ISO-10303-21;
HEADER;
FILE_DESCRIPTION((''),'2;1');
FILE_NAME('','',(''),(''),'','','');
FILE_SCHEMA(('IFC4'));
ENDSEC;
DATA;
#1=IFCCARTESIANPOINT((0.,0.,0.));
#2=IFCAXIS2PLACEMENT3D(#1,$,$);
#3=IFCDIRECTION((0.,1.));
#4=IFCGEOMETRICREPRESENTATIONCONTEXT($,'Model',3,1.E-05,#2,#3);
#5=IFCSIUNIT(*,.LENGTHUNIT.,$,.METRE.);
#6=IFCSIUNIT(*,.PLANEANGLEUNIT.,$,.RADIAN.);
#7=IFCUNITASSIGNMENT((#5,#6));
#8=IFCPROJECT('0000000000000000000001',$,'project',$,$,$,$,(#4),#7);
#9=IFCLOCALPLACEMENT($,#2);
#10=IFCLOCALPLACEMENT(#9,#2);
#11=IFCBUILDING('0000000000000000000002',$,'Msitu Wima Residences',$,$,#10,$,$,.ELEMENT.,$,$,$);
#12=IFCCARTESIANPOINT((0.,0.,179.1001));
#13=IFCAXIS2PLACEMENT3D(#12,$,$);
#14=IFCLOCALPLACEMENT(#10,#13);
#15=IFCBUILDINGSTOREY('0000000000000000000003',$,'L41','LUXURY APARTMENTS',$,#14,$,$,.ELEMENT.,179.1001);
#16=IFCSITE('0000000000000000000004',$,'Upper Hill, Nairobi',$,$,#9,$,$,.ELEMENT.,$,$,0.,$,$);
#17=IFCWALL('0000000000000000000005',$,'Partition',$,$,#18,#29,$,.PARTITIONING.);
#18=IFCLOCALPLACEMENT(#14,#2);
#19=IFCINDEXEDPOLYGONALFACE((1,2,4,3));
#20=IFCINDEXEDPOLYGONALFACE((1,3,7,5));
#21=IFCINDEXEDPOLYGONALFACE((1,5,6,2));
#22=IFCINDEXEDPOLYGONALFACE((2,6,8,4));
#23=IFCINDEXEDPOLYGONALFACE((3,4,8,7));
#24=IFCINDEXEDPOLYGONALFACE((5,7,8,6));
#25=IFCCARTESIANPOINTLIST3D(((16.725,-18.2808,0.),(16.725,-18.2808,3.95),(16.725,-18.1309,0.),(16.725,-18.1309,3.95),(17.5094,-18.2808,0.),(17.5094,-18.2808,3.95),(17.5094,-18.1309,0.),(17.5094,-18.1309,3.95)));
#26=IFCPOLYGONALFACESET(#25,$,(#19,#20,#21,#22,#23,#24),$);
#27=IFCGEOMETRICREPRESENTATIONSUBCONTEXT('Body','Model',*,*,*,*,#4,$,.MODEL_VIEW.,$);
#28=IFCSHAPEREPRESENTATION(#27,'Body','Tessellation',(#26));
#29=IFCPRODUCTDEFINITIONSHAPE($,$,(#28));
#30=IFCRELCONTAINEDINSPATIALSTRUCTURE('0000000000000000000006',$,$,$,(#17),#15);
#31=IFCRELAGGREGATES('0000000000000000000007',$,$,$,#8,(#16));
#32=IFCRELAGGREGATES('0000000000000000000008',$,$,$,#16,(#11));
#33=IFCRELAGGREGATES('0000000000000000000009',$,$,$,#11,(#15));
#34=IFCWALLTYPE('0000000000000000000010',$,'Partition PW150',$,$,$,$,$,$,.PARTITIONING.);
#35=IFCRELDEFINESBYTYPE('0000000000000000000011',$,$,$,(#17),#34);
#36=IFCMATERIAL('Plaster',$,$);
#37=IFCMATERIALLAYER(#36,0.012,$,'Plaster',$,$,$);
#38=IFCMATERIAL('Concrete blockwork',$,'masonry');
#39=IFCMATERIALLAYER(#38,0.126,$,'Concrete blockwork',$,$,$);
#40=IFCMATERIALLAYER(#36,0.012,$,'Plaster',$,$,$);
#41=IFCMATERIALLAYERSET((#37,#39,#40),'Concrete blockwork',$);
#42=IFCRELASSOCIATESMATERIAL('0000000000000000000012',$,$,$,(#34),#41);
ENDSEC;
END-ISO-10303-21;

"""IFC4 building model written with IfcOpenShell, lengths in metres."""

from ifc_helpers import new_model, si_unit, direction, frame, frame_2d, origin, place, context, subcontext, project, spatial, rectangle, extrude, material, layer, layer_set, type_object, element, save


model = new_model("IFC4")

# Units and contexts
model_context = context("Model", 3, precision=1e-05, world=origin(), true_north=direction((0.0, 1.0)))
body_context = subcontext(model_context, "Body", "Model", "MODEL_VIEW")
ifc_project = project(units=[si_unit("LENGTHUNIT", "METRE"), si_unit("PLANEANGLEUNIT", "RADIAN")], contexts=[model_context])

# Site, building, storey
site_placement = place(None, origin())
site = spatial("IfcSite", under=ifc_project, at=site_placement, Name="Upper Hill, Nairobi", CompositionType="ELEMENT", RefElevation=0.0)
building_placement = place(site_placement, origin())
building = spatial("IfcBuilding", under=site, at=building_placement, Name="Msitu Wima Residences", CompositionType="ELEMENT")
storey_placement = place(building_placement, frame((0.0, 0.0, 179.1001)))
storey = spatial("IfcBuildingStorey", under=building, at=storey_placement, Name="L41", Description="LUXURY APARTMENTS", CompositionType="ELEMENT", Elevation=179.1001)

# Shared definitions
ifc_material_1 = material(Name="Plaster")
ifc_material_2 = material(Name="Concrete blockwork", Category="masonry")

# Shared definitions
ifc_layer_1 = layer(ifc_material_1, 0.012, Name="Plaster")
ifc_layer_2 = layer(ifc_material_2, 0.126, Name="Concrete blockwork")
ifc_layer_3 = layer(ifc_material_1, 0.012, Name="Plaster")
ifc_layer_set_1 = layer_set([ifc_layer_1, ifc_layer_2, ifc_layer_3], Name="Concrete blockwork")
wall_type_1 = type_object("IfcWallType", Name="Partition PW150", PredefinedType="PARTITIONING", material=ifc_layer_set_1)

# Wall
wall_1_placement = place(storey_placement, frame((16.7251, -18.2058, 0.0), z_axis=(0.0, 0.0, 1.0), x_axis=(1.0, 0.0, 0.0)))
element("IfcWall", 1, at=wall_1_placement, inside=storey, type_object=wall_type_1, Name="Partition", PredefinedType="PARTITIONING", context=body_context, shape_type="SweptSolid", body=[
    extrude(rectangle(XDim=0.7844, YDim=0.1499, at=frame_2d((0.3921, 0.0))), origin(), (0.0, 0.0, 1.0), 3.95),
])

save(model, "model.ifc")
